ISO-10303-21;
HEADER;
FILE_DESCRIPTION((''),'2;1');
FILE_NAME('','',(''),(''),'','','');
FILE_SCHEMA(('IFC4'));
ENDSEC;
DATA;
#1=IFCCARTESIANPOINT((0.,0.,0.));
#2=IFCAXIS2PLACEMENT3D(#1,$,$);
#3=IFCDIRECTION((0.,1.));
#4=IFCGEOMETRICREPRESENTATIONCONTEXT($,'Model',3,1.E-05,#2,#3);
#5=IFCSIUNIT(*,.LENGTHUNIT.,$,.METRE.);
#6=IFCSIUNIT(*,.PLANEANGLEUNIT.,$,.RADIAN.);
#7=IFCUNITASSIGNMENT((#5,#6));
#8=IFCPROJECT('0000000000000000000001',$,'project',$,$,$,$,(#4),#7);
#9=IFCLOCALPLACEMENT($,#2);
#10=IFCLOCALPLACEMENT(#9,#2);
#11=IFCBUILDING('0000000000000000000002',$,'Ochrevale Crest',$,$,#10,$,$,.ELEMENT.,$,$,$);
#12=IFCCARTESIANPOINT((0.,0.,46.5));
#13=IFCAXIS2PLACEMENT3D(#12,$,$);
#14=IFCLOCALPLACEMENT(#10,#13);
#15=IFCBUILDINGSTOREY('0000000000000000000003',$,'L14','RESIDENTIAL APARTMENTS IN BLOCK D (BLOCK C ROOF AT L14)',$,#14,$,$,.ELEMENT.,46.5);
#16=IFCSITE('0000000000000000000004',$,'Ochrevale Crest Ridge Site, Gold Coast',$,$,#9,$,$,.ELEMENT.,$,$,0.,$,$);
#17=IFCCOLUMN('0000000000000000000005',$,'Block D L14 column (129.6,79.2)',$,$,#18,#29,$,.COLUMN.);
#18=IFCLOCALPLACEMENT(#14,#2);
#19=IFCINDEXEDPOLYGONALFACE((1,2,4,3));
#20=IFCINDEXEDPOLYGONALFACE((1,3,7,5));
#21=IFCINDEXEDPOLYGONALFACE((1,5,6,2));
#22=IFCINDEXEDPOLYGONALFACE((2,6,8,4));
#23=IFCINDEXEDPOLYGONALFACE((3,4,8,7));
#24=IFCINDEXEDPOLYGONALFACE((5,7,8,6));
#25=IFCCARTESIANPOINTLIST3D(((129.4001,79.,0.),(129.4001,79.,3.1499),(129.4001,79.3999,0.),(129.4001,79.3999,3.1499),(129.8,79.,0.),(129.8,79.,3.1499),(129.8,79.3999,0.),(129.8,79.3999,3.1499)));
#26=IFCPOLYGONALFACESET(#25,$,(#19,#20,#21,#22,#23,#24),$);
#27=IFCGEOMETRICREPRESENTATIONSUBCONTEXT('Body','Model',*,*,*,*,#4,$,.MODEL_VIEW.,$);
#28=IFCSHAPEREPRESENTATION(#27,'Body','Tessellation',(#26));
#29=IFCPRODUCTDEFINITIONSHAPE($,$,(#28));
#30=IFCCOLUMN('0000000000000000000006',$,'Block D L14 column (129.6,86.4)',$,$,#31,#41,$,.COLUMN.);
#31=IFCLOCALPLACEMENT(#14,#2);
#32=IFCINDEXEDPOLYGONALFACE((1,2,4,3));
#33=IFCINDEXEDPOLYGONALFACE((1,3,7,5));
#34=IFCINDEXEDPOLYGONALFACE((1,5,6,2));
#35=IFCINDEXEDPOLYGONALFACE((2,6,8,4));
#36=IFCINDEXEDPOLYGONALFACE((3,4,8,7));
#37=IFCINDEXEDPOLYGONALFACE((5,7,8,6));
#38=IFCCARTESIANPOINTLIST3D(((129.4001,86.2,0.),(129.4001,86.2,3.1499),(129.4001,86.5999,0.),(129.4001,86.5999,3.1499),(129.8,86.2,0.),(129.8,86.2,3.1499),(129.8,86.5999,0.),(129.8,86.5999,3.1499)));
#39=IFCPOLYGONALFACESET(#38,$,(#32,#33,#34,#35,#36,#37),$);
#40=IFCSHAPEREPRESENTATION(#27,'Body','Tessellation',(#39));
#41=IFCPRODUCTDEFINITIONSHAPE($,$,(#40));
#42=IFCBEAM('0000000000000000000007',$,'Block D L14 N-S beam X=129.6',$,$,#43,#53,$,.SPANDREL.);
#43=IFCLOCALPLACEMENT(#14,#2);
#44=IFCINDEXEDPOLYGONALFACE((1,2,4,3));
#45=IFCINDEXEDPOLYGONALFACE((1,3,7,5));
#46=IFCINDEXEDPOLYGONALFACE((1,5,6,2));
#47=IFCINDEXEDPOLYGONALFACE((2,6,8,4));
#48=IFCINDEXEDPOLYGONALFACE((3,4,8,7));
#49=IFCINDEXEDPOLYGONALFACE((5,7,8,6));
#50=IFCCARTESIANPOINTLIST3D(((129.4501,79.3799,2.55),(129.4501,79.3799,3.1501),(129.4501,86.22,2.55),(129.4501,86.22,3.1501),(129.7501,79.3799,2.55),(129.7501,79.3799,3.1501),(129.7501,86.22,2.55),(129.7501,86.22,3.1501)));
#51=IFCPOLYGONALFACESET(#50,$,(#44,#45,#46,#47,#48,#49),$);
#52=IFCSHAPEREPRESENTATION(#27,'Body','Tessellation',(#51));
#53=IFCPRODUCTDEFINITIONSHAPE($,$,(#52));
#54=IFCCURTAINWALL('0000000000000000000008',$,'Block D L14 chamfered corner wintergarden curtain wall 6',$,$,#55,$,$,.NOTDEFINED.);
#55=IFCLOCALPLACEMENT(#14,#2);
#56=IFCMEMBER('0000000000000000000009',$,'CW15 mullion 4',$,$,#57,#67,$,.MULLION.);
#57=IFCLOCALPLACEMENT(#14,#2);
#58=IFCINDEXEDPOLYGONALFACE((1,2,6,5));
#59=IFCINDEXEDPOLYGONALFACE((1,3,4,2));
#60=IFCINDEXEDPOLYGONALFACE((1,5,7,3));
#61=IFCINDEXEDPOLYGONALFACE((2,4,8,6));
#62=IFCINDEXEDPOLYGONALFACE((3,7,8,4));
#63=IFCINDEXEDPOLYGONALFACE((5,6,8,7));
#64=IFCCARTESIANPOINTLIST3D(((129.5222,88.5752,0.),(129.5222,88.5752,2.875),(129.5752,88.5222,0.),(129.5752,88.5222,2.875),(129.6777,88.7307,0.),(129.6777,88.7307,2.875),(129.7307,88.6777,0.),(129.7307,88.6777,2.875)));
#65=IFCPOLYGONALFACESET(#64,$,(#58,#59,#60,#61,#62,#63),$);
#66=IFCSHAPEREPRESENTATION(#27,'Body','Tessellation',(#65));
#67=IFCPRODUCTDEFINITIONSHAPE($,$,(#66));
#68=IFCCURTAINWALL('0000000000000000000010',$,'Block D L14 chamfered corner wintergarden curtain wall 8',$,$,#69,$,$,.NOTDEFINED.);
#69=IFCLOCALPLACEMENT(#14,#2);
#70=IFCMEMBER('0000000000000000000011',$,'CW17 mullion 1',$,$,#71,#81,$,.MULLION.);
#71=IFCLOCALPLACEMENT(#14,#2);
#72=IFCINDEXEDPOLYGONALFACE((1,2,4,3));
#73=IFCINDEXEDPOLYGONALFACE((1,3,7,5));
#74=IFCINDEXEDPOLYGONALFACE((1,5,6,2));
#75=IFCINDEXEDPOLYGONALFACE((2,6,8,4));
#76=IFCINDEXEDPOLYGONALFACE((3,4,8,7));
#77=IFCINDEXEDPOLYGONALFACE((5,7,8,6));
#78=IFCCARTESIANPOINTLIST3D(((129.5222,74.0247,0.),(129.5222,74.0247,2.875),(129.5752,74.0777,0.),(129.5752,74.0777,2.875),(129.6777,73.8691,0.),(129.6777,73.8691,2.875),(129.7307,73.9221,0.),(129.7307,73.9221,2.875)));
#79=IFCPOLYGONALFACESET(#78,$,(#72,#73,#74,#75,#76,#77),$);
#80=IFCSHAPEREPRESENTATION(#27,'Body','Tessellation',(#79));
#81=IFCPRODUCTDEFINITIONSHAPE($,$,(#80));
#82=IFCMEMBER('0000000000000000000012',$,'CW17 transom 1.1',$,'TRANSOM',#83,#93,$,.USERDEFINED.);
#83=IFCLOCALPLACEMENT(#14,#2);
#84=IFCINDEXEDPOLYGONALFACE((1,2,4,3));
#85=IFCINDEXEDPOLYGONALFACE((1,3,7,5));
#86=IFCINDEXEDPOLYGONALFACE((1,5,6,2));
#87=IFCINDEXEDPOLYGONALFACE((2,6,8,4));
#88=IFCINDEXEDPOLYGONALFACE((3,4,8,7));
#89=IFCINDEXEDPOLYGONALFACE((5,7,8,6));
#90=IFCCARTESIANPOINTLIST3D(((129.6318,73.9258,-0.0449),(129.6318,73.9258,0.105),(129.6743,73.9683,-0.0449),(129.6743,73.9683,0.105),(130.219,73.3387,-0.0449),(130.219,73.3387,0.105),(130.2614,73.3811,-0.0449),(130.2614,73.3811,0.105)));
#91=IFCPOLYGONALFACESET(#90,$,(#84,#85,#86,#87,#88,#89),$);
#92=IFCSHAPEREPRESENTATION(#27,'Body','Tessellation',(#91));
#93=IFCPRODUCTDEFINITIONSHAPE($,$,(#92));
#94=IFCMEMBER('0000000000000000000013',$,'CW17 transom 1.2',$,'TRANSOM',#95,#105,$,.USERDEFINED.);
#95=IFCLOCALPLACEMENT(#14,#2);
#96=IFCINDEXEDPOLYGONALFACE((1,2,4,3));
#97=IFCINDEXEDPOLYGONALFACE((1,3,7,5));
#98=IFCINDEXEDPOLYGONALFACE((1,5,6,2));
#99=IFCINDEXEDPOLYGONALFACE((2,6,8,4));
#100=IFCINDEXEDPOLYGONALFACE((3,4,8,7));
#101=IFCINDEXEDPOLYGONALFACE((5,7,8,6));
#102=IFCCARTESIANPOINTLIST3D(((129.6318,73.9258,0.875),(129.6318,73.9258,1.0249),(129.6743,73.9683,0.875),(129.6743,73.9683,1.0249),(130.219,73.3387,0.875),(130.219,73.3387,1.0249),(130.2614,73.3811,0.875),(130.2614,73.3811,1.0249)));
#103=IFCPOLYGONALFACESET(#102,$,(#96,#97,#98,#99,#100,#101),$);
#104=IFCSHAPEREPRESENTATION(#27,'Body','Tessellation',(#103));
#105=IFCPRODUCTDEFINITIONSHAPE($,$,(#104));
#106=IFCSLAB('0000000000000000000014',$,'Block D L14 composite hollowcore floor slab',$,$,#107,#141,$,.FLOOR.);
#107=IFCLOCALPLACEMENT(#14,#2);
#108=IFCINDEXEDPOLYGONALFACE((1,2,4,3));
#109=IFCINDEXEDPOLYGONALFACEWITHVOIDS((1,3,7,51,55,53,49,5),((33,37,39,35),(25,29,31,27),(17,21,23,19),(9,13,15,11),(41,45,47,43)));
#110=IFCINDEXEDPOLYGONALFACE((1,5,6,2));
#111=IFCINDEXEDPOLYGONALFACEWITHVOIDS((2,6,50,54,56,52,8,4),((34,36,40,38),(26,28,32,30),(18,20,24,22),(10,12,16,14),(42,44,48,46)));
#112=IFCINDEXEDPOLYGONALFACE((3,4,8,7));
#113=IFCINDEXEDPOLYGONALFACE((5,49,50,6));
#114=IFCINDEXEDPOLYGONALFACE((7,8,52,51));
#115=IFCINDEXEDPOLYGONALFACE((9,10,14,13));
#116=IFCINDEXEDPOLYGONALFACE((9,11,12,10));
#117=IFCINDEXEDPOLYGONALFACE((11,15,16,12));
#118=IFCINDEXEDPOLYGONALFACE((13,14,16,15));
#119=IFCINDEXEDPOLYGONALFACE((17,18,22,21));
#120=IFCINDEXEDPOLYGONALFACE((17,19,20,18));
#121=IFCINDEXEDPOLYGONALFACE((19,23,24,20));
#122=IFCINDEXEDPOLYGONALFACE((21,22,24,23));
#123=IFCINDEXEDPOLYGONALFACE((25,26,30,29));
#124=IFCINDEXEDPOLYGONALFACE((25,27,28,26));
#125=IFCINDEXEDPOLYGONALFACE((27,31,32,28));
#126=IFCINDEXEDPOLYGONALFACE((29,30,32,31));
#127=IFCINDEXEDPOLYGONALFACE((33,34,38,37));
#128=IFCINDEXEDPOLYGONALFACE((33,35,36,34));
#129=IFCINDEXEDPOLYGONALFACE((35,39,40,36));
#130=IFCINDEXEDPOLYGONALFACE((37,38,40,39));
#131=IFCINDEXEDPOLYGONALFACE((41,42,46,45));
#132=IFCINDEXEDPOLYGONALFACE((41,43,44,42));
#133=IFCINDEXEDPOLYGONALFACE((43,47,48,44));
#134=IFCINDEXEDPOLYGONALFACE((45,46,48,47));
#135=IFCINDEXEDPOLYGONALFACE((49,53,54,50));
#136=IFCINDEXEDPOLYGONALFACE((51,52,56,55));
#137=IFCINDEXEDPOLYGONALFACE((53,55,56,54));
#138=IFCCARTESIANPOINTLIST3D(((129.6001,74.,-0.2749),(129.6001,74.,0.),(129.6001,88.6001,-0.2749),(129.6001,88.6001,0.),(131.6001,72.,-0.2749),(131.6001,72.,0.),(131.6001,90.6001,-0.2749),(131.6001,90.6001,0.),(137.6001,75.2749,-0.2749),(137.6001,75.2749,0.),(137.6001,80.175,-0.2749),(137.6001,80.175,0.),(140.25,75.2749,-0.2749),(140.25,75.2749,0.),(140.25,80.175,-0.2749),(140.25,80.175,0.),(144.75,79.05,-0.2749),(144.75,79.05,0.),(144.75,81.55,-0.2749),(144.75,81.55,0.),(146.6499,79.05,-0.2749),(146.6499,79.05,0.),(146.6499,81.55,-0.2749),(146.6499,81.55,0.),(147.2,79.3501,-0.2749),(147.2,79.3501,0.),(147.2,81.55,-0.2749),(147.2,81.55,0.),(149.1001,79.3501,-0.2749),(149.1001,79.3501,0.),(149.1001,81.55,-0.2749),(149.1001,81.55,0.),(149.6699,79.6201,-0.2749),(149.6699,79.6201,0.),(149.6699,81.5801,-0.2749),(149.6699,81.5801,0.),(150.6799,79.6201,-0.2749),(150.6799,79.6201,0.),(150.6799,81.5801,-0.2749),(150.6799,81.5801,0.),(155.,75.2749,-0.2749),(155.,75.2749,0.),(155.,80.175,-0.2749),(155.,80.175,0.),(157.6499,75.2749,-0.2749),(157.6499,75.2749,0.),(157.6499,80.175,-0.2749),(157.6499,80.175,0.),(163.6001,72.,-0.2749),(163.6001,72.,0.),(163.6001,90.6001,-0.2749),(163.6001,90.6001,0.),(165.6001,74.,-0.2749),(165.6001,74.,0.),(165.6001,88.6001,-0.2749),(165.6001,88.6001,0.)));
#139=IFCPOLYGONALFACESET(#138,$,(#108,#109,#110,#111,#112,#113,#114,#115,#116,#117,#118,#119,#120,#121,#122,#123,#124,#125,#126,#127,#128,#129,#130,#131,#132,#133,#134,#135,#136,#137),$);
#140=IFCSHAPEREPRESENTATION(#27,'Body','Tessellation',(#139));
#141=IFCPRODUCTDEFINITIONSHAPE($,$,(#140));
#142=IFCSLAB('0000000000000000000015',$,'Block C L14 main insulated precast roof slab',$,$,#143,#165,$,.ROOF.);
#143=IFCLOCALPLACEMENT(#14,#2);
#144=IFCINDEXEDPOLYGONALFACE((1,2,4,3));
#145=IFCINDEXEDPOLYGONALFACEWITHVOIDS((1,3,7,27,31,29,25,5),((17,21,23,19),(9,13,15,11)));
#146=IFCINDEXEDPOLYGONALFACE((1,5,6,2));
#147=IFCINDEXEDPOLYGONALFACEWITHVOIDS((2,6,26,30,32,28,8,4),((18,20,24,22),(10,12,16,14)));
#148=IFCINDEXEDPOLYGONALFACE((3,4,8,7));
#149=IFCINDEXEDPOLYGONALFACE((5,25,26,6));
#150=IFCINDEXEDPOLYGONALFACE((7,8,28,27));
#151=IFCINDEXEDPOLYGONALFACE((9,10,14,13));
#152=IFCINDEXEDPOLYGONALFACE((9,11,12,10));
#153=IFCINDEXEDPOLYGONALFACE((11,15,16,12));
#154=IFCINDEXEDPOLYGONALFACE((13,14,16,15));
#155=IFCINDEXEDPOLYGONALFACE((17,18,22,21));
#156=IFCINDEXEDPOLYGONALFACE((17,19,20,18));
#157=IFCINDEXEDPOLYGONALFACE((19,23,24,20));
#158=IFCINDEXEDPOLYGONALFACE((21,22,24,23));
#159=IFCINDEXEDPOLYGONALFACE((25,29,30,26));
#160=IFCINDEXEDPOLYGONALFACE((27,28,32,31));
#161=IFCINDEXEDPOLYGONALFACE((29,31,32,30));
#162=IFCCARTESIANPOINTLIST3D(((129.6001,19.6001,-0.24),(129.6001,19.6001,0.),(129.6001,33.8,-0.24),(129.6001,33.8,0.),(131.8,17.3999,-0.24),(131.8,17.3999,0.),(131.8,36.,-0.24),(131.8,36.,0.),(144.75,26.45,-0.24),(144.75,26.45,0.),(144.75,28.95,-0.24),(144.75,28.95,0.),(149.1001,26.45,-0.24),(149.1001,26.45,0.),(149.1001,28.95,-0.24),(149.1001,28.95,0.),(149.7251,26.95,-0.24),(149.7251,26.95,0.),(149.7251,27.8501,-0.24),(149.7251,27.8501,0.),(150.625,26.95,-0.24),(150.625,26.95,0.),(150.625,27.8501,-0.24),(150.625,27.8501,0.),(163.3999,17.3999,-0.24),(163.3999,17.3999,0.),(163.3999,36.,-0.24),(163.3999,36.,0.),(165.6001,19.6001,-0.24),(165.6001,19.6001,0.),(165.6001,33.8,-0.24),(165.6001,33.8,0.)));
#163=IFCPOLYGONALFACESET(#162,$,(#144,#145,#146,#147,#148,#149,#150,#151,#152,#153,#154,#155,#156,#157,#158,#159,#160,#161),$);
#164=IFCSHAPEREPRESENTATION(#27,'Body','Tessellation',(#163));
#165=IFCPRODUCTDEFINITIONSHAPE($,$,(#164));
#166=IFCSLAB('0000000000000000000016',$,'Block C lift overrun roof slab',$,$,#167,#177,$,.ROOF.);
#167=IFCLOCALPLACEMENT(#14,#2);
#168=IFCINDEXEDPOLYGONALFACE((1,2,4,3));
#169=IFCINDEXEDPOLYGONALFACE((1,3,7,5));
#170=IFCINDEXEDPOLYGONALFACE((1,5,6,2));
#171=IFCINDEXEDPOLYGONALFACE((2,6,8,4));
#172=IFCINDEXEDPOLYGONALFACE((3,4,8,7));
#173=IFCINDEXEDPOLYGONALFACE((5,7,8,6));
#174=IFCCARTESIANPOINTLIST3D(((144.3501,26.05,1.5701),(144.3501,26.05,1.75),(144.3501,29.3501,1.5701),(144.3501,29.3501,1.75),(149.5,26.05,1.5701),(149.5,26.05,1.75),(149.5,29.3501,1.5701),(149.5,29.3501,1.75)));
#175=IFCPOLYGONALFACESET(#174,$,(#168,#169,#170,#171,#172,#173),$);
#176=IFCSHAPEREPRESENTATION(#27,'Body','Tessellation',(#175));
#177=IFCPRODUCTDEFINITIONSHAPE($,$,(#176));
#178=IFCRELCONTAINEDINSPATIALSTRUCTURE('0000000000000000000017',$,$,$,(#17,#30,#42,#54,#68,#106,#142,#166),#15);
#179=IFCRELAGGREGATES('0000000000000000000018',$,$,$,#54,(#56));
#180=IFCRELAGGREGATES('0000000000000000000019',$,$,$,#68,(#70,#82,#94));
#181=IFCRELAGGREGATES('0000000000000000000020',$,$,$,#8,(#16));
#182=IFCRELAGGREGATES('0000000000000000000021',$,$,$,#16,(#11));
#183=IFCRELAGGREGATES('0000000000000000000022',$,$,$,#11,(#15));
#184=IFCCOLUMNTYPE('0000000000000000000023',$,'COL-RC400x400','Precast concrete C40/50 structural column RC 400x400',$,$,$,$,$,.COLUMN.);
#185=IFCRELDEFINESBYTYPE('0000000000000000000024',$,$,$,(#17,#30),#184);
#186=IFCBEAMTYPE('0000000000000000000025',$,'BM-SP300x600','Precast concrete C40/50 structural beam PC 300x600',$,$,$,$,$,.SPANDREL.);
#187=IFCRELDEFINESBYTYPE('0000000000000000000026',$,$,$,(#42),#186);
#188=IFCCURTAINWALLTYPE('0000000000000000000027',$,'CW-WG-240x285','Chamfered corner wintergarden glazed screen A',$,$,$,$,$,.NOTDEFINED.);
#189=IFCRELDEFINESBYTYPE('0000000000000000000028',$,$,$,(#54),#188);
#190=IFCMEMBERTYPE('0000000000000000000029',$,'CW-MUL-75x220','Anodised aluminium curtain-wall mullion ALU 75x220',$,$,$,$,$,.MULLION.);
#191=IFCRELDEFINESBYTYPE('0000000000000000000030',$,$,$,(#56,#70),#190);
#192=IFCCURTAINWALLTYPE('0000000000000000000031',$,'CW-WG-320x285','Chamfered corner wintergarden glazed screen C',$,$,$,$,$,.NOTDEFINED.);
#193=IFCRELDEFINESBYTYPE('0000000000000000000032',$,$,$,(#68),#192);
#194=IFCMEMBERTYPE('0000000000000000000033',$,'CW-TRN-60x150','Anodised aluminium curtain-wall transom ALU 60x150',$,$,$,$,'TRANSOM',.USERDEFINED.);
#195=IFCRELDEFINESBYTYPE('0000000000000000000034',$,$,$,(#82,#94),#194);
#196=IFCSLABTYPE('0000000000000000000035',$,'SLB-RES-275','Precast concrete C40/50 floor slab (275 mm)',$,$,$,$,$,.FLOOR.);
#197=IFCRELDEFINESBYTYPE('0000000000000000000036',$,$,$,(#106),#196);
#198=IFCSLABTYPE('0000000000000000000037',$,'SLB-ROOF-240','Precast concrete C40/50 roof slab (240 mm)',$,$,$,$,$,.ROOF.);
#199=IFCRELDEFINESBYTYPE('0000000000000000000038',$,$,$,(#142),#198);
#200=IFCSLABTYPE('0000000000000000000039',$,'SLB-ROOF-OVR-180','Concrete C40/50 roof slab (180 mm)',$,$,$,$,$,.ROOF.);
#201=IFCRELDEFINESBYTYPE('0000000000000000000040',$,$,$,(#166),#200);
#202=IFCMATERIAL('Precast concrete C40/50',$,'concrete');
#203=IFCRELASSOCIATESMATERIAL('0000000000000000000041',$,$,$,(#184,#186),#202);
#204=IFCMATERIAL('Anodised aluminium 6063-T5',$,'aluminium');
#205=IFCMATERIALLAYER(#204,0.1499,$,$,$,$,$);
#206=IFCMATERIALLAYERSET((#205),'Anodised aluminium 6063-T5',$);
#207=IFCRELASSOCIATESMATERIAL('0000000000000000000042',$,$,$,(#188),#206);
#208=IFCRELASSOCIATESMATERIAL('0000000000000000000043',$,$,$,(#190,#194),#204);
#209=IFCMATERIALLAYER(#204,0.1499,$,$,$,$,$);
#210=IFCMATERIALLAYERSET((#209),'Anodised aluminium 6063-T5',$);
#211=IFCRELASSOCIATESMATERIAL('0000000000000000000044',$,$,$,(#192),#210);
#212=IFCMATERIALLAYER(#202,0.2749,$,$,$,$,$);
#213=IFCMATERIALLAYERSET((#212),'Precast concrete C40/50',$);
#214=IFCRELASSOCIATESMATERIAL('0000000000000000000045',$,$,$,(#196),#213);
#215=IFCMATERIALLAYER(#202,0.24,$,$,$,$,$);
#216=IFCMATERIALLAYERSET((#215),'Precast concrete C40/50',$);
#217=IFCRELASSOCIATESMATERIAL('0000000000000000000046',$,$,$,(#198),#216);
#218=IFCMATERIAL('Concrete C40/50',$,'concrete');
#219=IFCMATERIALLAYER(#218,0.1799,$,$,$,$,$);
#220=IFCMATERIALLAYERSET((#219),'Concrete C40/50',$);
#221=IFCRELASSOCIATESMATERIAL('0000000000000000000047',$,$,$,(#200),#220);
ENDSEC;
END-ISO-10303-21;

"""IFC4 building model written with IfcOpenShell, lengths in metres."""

from ifc_helpers import new_model, si_unit, direction, frame, origin, origin_2d, place, context, subcontext, project, spatial, polyline, rectangle, outline, extrude, material, layer, layer_set, material_profile, profile_set, type_object, element, aggregate, save


model = new_model("IFC4")

# Units and contexts
model_context = context("Model", 3, precision=1e-05, world=origin(), true_north=direction((0.0, 1.0)))
body_context = subcontext(model_context, "Body", "Model", "MODEL_VIEW")
ifc_project = project(units=[si_unit("LENGTHUNIT", "METRE"), si_unit("PLANEANGLEUNIT", "RADIAN")], contexts=[model_context])

# Site, building, storey
site_placement = place(None, origin())
site = spatial("IfcSite", under=ifc_project, at=site_placement, Name="Ochrevale Crest Ridge Site, Gold Coast", CompositionType="ELEMENT", RefElevation=0.0)
building_placement = place(site_placement, origin())
building = spatial("IfcBuilding", under=site, at=building_placement, Name="Ochrevale Crest", CompositionType="ELEMENT")
storey_placement = place(building_placement, frame((0.0, 0.0, 46.5)))
storey = spatial("IfcBuildingStorey", under=building, at=storey_placement, Name="L14", Description="RESIDENTIAL APARTMENTS IN BLOCK D (BLOCK C ROOF AT L14)", CompositionType="ELEMENT", Elevation=46.5)

# Columns
ifc_material_1 = material(Name="Precast concrete C40/50", Category="concrete")
ifc_material_profile_1 = material_profile(ifc_material_1, rectangle(XDim=0.3999, YDim=0.3999, at=origin_2d()), Name="RC 400x400")
ifc_profile_set_1 = profile_set([ifc_material_profile_1], Name="Precast concrete C40/50")
column_type = type_object("IfcColumnType", Name="COL-RC400x400", Description="Precast concrete C40/50 structural column RC 400x400", PredefinedType="COLUMN", material=ifc_profile_set_1)
for number, where, z_axis, x_axis, name in (
    (1, (129.6001, 79.2, 0.0), (0.0, 0.0, 1.0), (1.0, 0.0, 0.0), "Block D L14 column (129.6,79.2)"),
    (2, (129.6001, 86.3999, 0.0), (0.0, 0.0, 1.0), (1.0, 0.0, 0.0), "Block D L14 column (129.6,86.4)"),
):
    element("IfcColumn", number, at=place(storey_placement, frame(where, z_axis=z_axis, x_axis=x_axis)), inside=storey, type_object=column_type, Name=name, PredefinedType="COLUMN", context=body_context, shape_type="SweptSolid", body=[
        extrude(rectangle(XDim=0.3999, YDim=0.3999, at=origin_2d()), origin(), (0.0, 0.0, 1.0), 3.1499),
    ])

# Beam
ifc_material_profile_2 = material_profile(ifc_material_1, rectangle(XDim=0.3, YDim=0.6001, at=origin_2d()), Name="PC 300x600")
ifc_profile_set_2 = profile_set([ifc_material_profile_2], Name="Precast concrete C40/50")
beam_type = type_object("IfcBeamType", Name="BM-SP300x600", Description="Precast concrete C40/50 structural beam PC 300x600", PredefinedType="SPANDREL", material=ifc_profile_set_2)
beam_placement = place(storey_placement, frame((129.6001, 79.3799, 2.8501), z_axis=(0.0, 1.0, 0.0), x_axis=(-1.0, 0.0, 0.0)))
element("IfcBeam", 3, at=beam_placement, inside=storey, type_object=beam_type, Name="Block D L14 N-S beam X=129.6", PredefinedType="SPANDREL", context=body_context, shape_type="SweptSolid", body=[
    extrude(rectangle(XDim=0.3, YDim=0.6001, at=origin_2d()), origin(), (0.0, 0.0, 1.0), 6.8401),
])

# Curtain wall, member
ifc_material_2 = material(Name="Anodised aluminium 6063-T5", Category="aluminium")
ifc_layer_1 = layer(ifc_material_2, 0.1499)
ifc_layer_set_1 = layer_set([ifc_layer_1], Name="Anodised aluminium 6063-T5")
curtain_wall_type_1 = type_object("IfcCurtainWallType", Name="CW-WG-240x285", Description="Chamfered corner wintergarden glazed screen A", PredefinedType="NOTDEFINED", material=ifc_layer_set_1)
curtain_wall_1_placement = place(storey_placement, origin())
curtain_wall_1 = element("IfcCurtainWall", 4, at=curtain_wall_1_placement, inside=storey, type_object=curtain_wall_type_1, Name="Block D L14 chamfered corner wintergarden curtain wall 6", PredefinedType="NOTDEFINED")
ifc_material_profile_3 = material_profile(ifc_material_2, rectangle(XDim=0.075, YDim=0.22, at=origin_2d()), Name="ALU 75x220")
ifc_profile_set_3 = profile_set([ifc_material_profile_3], Name="Anodised aluminium 6063-T5")
member_type_1 = type_object("IfcMemberType", Name="CW-MUL-75x220", Description="Anodised aluminium curtain-wall mullion ALU 75x220", PredefinedType="MULLION", material=ifc_profile_set_3)
member_1_placement = place(storey_placement, frame((129.6265, 88.6265, 0.0), z_axis=(0.0, 0.0, 1.0), x_axis=(0.707107, -0.707107, 0.0)))
member_1 = element("IfcMember", 5, at=member_1_placement, type_object=member_type_1, Name="CW15 mullion 4", PredefinedType="MULLION", context=body_context, shape_type="SweptSolid", body=[
    extrude(rectangle(XDim=0.075, YDim=0.22, at=origin_2d()), origin(), (0.0, 0.0, 1.0), 2.875),
])
aggregate(curtain_wall_1, [member_1])

# Curtain wall, members
ifc_layer_2 = layer(ifc_material_2, 0.1499)
ifc_layer_set_2 = layer_set([ifc_layer_2], Name="Anodised aluminium 6063-T5")
curtain_wall_type_2 = type_object("IfcCurtainWallType", Name="CW-WG-320x285", Description="Chamfered corner wintergarden glazed screen C", PredefinedType="NOTDEFINED", material=ifc_layer_set_2)
curtain_wall_2_placement = place(storey_placement, origin())
curtain_wall_2 = element("IfcCurtainWall", 6, at=curtain_wall_2_placement, inside=storey, type_object=curtain_wall_type_2, Name="Block D L14 chamfered corner wintergarden curtain wall 8", PredefinedType="NOTDEFINED")
member_2_placement = place(storey_placement, frame((129.6265, 73.9734, 0.0), z_axis=(0.0, 0.0, 1.0), x_axis=(0.707107, 0.707107, 0.0)))
member_2 = element("IfcMember", 7, at=member_2_placement, type_object=member_type_1, Name="CW17 mullion 1", PredefinedType="MULLION", context=body_context, shape_type="SweptSolid", body=[
    extrude(rectangle(XDim=0.075, YDim=0.22, at=origin_2d()), origin(), (0.0, 0.0, 1.0), 2.875),
])
ifc_material_profile_4 = material_profile(ifc_material_2, rectangle(XDim=0.0601, YDim=0.1499, at=origin_2d()), Name="ALU 60x150")
ifc_profile_set_4 = profile_set([ifc_material_profile_4], Name="Anodised aluminium 6063-T5")
member_type_2 = type_object("IfcMemberType", Name="CW-TRN-60x150", Description="Anodised aluminium curtain-wall transom ALU 60x150", ElementType="TRANSOM", PredefinedType="USERDEFINED", material=ifc_profile_set_4)
member_3_placement = place(storey_placement, frame((129.6531, 73.947, 0.03), z_axis=(0.707107, -0.707107, 0.0), x_axis=(0.707107, 0.707107, 0.0)))
member_3 = element("IfcMember", 8, at=member_3_placement, type_object=member_type_2, Name="CW17 transom 1.1", ObjectType="TRANSOM", PredefinedType="USERDEFINED", context=body_context, shape_type="SweptSolid", body=[
    extrude(rectangle(XDim=0.0601, YDim=0.1499, at=origin_2d()), origin(), (0.0, 0.0, 1.0), 0.8303),
])
member_4_placement = place(storey_placement, frame((129.6531, 73.947, 0.95), z_axis=(0.707107, -0.707107, 0.0), x_axis=(0.707107, 0.707107, 0.0)))
member_4 = element("IfcMember", 9, at=member_4_placement, type_object=member_type_2, Name="CW17 transom 1.2", ObjectType="TRANSOM", PredefinedType="USERDEFINED", context=body_context, shape_type="SweptSolid", body=[
    extrude(rectangle(XDim=0.0601, YDim=0.1499, at=origin_2d()), origin(), (0.0, 0.0, 1.0), 0.8303),
])
aggregate(curtain_wall_2, [member_2, member_3, member_4])

# Slabs
ifc_layer_3 = layer(ifc_material_1, 0.2749)
ifc_layer_set_3 = layer_set([ifc_layer_3], Name="Precast concrete C40/50")
slab_type_1 = type_object("IfcSlabType", Name="SLB-RES-275", Description="Precast concrete C40/50 floor slab (275 mm)", PredefinedType="FLOOR", material=ifc_layer_set_3)
slab_1_placement = place(storey_placement, frame((0.0, 0.0, -0.2749)))
element("IfcSlab", 10, at=slab_1_placement, inside=storey, type_object=slab_type_1, Name="Block D L14 composite hollowcore floor slab", PredefinedType="FLOOR", context=body_context, shape_type="SweptSolid", body=[
    extrude(outline(polyline([(131.6001, 72.0), (163.6001, 72.0), (165.6001, 74.0), (165.6001, 88.6001), (163.6001, 90.6001), (131.6001, 90.6001), (129.6001, 88.6001), (129.6001, 74.0), (131.6001, 72.0)]), holes=[polyline([(137.6001, 80.175), (137.6001, 75.2749), (140.25, 75.2749), (140.25, 80.175), (137.6001, 80.175)]), polyline([(155.0, 80.175), (155.0, 75.2749), (157.6499, 75.2749), (157.6499, 80.175), (155.0, 80.175)]), polyline([(144.75, 79.05), (146.6499, 79.05), (146.6499, 81.55), (144.75, 81.55), (144.75, 79.05)]), polyline([(147.2, 79.3501), (149.1001, 79.3501), (149.1001, 81.55), (147.2, 81.55), (147.2, 79.3501)]), polyline([(149.6699, 79.6201), (150.6799, 79.6201), (150.6799, 81.5801), (149.6699, 81.5801), (149.6699, 79.6201)])]), origin(), (0.0, 0.0, 1.0), 0.2749),
])
ifc_layer_4 = layer(ifc_material_1, 0.24)
ifc_layer_set_4 = layer_set([ifc_layer_4], Name="Precast concrete C40/50")
slab_type_2 = type_object("IfcSlabType", Name="SLB-ROOF-240", Description="Precast concrete C40/50 roof slab (240 mm)", PredefinedType="ROOF", material=ifc_layer_set_4)
slab_2_placement = place(storey_placement, frame((0.0, 0.0, -0.24)))
element("IfcSlab", 11, at=slab_2_placement, inside=storey, type_object=slab_type_2, Name="Block C L14 main insulated precast roof slab", PredefinedType="ROOF", context=body_context, shape_type="SweptSolid", body=[
    extrude(outline(polyline([(131.8, 17.3999), (163.3999, 17.3999), (165.6001, 19.6001), (165.6001, 33.8), (163.3999, 36.0), (131.8, 36.0), (129.6001, 33.8), (129.6001, 19.6001), (131.8, 17.3999)]), holes=[polyline([(144.75, 26.45), (149.1001, 26.45), (149.1001, 28.95), (144.75, 28.95), (144.75, 26.45)]), polyline([(149.7251, 26.95), (150.625, 26.95), (150.625, 27.8501), (149.7251, 27.8501), (149.7251, 26.95)])]), origin(), (0.0, 0.0, 1.0), 0.24),
])
ifc_material_3 = material(Name="Concrete C40/50", Category="concrete")
ifc_layer_5 = layer(ifc_material_3, 0.1799)
ifc_layer_set_5 = layer_set([ifc_layer_5], Name="Concrete C40/50")
slab_type_3 = type_object("IfcSlabType", Name="SLB-ROOF-OVR-180", Description="Concrete C40/50 roof slab (180 mm)", PredefinedType="ROOF", material=ifc_layer_set_5)
slab_3_placement = place(storey_placement, frame((0.0, 0.0, 1.5701)))
element("IfcSlab", 12, at=slab_3_placement, inside=storey, type_object=slab_type_3, Name="Block C lift overrun roof slab", PredefinedType="ROOF", context=body_context, shape_type="SweptSolid", body=[
    extrude(outline(polyline([(144.3501, 26.05), (149.5, 26.05), (149.5, 29.3501), (144.3501, 29.3501), (144.3501, 26.05)])), origin(), (0.0, 0.0, 1.0), 0.1799),
])

save(model, "model.ifc")
